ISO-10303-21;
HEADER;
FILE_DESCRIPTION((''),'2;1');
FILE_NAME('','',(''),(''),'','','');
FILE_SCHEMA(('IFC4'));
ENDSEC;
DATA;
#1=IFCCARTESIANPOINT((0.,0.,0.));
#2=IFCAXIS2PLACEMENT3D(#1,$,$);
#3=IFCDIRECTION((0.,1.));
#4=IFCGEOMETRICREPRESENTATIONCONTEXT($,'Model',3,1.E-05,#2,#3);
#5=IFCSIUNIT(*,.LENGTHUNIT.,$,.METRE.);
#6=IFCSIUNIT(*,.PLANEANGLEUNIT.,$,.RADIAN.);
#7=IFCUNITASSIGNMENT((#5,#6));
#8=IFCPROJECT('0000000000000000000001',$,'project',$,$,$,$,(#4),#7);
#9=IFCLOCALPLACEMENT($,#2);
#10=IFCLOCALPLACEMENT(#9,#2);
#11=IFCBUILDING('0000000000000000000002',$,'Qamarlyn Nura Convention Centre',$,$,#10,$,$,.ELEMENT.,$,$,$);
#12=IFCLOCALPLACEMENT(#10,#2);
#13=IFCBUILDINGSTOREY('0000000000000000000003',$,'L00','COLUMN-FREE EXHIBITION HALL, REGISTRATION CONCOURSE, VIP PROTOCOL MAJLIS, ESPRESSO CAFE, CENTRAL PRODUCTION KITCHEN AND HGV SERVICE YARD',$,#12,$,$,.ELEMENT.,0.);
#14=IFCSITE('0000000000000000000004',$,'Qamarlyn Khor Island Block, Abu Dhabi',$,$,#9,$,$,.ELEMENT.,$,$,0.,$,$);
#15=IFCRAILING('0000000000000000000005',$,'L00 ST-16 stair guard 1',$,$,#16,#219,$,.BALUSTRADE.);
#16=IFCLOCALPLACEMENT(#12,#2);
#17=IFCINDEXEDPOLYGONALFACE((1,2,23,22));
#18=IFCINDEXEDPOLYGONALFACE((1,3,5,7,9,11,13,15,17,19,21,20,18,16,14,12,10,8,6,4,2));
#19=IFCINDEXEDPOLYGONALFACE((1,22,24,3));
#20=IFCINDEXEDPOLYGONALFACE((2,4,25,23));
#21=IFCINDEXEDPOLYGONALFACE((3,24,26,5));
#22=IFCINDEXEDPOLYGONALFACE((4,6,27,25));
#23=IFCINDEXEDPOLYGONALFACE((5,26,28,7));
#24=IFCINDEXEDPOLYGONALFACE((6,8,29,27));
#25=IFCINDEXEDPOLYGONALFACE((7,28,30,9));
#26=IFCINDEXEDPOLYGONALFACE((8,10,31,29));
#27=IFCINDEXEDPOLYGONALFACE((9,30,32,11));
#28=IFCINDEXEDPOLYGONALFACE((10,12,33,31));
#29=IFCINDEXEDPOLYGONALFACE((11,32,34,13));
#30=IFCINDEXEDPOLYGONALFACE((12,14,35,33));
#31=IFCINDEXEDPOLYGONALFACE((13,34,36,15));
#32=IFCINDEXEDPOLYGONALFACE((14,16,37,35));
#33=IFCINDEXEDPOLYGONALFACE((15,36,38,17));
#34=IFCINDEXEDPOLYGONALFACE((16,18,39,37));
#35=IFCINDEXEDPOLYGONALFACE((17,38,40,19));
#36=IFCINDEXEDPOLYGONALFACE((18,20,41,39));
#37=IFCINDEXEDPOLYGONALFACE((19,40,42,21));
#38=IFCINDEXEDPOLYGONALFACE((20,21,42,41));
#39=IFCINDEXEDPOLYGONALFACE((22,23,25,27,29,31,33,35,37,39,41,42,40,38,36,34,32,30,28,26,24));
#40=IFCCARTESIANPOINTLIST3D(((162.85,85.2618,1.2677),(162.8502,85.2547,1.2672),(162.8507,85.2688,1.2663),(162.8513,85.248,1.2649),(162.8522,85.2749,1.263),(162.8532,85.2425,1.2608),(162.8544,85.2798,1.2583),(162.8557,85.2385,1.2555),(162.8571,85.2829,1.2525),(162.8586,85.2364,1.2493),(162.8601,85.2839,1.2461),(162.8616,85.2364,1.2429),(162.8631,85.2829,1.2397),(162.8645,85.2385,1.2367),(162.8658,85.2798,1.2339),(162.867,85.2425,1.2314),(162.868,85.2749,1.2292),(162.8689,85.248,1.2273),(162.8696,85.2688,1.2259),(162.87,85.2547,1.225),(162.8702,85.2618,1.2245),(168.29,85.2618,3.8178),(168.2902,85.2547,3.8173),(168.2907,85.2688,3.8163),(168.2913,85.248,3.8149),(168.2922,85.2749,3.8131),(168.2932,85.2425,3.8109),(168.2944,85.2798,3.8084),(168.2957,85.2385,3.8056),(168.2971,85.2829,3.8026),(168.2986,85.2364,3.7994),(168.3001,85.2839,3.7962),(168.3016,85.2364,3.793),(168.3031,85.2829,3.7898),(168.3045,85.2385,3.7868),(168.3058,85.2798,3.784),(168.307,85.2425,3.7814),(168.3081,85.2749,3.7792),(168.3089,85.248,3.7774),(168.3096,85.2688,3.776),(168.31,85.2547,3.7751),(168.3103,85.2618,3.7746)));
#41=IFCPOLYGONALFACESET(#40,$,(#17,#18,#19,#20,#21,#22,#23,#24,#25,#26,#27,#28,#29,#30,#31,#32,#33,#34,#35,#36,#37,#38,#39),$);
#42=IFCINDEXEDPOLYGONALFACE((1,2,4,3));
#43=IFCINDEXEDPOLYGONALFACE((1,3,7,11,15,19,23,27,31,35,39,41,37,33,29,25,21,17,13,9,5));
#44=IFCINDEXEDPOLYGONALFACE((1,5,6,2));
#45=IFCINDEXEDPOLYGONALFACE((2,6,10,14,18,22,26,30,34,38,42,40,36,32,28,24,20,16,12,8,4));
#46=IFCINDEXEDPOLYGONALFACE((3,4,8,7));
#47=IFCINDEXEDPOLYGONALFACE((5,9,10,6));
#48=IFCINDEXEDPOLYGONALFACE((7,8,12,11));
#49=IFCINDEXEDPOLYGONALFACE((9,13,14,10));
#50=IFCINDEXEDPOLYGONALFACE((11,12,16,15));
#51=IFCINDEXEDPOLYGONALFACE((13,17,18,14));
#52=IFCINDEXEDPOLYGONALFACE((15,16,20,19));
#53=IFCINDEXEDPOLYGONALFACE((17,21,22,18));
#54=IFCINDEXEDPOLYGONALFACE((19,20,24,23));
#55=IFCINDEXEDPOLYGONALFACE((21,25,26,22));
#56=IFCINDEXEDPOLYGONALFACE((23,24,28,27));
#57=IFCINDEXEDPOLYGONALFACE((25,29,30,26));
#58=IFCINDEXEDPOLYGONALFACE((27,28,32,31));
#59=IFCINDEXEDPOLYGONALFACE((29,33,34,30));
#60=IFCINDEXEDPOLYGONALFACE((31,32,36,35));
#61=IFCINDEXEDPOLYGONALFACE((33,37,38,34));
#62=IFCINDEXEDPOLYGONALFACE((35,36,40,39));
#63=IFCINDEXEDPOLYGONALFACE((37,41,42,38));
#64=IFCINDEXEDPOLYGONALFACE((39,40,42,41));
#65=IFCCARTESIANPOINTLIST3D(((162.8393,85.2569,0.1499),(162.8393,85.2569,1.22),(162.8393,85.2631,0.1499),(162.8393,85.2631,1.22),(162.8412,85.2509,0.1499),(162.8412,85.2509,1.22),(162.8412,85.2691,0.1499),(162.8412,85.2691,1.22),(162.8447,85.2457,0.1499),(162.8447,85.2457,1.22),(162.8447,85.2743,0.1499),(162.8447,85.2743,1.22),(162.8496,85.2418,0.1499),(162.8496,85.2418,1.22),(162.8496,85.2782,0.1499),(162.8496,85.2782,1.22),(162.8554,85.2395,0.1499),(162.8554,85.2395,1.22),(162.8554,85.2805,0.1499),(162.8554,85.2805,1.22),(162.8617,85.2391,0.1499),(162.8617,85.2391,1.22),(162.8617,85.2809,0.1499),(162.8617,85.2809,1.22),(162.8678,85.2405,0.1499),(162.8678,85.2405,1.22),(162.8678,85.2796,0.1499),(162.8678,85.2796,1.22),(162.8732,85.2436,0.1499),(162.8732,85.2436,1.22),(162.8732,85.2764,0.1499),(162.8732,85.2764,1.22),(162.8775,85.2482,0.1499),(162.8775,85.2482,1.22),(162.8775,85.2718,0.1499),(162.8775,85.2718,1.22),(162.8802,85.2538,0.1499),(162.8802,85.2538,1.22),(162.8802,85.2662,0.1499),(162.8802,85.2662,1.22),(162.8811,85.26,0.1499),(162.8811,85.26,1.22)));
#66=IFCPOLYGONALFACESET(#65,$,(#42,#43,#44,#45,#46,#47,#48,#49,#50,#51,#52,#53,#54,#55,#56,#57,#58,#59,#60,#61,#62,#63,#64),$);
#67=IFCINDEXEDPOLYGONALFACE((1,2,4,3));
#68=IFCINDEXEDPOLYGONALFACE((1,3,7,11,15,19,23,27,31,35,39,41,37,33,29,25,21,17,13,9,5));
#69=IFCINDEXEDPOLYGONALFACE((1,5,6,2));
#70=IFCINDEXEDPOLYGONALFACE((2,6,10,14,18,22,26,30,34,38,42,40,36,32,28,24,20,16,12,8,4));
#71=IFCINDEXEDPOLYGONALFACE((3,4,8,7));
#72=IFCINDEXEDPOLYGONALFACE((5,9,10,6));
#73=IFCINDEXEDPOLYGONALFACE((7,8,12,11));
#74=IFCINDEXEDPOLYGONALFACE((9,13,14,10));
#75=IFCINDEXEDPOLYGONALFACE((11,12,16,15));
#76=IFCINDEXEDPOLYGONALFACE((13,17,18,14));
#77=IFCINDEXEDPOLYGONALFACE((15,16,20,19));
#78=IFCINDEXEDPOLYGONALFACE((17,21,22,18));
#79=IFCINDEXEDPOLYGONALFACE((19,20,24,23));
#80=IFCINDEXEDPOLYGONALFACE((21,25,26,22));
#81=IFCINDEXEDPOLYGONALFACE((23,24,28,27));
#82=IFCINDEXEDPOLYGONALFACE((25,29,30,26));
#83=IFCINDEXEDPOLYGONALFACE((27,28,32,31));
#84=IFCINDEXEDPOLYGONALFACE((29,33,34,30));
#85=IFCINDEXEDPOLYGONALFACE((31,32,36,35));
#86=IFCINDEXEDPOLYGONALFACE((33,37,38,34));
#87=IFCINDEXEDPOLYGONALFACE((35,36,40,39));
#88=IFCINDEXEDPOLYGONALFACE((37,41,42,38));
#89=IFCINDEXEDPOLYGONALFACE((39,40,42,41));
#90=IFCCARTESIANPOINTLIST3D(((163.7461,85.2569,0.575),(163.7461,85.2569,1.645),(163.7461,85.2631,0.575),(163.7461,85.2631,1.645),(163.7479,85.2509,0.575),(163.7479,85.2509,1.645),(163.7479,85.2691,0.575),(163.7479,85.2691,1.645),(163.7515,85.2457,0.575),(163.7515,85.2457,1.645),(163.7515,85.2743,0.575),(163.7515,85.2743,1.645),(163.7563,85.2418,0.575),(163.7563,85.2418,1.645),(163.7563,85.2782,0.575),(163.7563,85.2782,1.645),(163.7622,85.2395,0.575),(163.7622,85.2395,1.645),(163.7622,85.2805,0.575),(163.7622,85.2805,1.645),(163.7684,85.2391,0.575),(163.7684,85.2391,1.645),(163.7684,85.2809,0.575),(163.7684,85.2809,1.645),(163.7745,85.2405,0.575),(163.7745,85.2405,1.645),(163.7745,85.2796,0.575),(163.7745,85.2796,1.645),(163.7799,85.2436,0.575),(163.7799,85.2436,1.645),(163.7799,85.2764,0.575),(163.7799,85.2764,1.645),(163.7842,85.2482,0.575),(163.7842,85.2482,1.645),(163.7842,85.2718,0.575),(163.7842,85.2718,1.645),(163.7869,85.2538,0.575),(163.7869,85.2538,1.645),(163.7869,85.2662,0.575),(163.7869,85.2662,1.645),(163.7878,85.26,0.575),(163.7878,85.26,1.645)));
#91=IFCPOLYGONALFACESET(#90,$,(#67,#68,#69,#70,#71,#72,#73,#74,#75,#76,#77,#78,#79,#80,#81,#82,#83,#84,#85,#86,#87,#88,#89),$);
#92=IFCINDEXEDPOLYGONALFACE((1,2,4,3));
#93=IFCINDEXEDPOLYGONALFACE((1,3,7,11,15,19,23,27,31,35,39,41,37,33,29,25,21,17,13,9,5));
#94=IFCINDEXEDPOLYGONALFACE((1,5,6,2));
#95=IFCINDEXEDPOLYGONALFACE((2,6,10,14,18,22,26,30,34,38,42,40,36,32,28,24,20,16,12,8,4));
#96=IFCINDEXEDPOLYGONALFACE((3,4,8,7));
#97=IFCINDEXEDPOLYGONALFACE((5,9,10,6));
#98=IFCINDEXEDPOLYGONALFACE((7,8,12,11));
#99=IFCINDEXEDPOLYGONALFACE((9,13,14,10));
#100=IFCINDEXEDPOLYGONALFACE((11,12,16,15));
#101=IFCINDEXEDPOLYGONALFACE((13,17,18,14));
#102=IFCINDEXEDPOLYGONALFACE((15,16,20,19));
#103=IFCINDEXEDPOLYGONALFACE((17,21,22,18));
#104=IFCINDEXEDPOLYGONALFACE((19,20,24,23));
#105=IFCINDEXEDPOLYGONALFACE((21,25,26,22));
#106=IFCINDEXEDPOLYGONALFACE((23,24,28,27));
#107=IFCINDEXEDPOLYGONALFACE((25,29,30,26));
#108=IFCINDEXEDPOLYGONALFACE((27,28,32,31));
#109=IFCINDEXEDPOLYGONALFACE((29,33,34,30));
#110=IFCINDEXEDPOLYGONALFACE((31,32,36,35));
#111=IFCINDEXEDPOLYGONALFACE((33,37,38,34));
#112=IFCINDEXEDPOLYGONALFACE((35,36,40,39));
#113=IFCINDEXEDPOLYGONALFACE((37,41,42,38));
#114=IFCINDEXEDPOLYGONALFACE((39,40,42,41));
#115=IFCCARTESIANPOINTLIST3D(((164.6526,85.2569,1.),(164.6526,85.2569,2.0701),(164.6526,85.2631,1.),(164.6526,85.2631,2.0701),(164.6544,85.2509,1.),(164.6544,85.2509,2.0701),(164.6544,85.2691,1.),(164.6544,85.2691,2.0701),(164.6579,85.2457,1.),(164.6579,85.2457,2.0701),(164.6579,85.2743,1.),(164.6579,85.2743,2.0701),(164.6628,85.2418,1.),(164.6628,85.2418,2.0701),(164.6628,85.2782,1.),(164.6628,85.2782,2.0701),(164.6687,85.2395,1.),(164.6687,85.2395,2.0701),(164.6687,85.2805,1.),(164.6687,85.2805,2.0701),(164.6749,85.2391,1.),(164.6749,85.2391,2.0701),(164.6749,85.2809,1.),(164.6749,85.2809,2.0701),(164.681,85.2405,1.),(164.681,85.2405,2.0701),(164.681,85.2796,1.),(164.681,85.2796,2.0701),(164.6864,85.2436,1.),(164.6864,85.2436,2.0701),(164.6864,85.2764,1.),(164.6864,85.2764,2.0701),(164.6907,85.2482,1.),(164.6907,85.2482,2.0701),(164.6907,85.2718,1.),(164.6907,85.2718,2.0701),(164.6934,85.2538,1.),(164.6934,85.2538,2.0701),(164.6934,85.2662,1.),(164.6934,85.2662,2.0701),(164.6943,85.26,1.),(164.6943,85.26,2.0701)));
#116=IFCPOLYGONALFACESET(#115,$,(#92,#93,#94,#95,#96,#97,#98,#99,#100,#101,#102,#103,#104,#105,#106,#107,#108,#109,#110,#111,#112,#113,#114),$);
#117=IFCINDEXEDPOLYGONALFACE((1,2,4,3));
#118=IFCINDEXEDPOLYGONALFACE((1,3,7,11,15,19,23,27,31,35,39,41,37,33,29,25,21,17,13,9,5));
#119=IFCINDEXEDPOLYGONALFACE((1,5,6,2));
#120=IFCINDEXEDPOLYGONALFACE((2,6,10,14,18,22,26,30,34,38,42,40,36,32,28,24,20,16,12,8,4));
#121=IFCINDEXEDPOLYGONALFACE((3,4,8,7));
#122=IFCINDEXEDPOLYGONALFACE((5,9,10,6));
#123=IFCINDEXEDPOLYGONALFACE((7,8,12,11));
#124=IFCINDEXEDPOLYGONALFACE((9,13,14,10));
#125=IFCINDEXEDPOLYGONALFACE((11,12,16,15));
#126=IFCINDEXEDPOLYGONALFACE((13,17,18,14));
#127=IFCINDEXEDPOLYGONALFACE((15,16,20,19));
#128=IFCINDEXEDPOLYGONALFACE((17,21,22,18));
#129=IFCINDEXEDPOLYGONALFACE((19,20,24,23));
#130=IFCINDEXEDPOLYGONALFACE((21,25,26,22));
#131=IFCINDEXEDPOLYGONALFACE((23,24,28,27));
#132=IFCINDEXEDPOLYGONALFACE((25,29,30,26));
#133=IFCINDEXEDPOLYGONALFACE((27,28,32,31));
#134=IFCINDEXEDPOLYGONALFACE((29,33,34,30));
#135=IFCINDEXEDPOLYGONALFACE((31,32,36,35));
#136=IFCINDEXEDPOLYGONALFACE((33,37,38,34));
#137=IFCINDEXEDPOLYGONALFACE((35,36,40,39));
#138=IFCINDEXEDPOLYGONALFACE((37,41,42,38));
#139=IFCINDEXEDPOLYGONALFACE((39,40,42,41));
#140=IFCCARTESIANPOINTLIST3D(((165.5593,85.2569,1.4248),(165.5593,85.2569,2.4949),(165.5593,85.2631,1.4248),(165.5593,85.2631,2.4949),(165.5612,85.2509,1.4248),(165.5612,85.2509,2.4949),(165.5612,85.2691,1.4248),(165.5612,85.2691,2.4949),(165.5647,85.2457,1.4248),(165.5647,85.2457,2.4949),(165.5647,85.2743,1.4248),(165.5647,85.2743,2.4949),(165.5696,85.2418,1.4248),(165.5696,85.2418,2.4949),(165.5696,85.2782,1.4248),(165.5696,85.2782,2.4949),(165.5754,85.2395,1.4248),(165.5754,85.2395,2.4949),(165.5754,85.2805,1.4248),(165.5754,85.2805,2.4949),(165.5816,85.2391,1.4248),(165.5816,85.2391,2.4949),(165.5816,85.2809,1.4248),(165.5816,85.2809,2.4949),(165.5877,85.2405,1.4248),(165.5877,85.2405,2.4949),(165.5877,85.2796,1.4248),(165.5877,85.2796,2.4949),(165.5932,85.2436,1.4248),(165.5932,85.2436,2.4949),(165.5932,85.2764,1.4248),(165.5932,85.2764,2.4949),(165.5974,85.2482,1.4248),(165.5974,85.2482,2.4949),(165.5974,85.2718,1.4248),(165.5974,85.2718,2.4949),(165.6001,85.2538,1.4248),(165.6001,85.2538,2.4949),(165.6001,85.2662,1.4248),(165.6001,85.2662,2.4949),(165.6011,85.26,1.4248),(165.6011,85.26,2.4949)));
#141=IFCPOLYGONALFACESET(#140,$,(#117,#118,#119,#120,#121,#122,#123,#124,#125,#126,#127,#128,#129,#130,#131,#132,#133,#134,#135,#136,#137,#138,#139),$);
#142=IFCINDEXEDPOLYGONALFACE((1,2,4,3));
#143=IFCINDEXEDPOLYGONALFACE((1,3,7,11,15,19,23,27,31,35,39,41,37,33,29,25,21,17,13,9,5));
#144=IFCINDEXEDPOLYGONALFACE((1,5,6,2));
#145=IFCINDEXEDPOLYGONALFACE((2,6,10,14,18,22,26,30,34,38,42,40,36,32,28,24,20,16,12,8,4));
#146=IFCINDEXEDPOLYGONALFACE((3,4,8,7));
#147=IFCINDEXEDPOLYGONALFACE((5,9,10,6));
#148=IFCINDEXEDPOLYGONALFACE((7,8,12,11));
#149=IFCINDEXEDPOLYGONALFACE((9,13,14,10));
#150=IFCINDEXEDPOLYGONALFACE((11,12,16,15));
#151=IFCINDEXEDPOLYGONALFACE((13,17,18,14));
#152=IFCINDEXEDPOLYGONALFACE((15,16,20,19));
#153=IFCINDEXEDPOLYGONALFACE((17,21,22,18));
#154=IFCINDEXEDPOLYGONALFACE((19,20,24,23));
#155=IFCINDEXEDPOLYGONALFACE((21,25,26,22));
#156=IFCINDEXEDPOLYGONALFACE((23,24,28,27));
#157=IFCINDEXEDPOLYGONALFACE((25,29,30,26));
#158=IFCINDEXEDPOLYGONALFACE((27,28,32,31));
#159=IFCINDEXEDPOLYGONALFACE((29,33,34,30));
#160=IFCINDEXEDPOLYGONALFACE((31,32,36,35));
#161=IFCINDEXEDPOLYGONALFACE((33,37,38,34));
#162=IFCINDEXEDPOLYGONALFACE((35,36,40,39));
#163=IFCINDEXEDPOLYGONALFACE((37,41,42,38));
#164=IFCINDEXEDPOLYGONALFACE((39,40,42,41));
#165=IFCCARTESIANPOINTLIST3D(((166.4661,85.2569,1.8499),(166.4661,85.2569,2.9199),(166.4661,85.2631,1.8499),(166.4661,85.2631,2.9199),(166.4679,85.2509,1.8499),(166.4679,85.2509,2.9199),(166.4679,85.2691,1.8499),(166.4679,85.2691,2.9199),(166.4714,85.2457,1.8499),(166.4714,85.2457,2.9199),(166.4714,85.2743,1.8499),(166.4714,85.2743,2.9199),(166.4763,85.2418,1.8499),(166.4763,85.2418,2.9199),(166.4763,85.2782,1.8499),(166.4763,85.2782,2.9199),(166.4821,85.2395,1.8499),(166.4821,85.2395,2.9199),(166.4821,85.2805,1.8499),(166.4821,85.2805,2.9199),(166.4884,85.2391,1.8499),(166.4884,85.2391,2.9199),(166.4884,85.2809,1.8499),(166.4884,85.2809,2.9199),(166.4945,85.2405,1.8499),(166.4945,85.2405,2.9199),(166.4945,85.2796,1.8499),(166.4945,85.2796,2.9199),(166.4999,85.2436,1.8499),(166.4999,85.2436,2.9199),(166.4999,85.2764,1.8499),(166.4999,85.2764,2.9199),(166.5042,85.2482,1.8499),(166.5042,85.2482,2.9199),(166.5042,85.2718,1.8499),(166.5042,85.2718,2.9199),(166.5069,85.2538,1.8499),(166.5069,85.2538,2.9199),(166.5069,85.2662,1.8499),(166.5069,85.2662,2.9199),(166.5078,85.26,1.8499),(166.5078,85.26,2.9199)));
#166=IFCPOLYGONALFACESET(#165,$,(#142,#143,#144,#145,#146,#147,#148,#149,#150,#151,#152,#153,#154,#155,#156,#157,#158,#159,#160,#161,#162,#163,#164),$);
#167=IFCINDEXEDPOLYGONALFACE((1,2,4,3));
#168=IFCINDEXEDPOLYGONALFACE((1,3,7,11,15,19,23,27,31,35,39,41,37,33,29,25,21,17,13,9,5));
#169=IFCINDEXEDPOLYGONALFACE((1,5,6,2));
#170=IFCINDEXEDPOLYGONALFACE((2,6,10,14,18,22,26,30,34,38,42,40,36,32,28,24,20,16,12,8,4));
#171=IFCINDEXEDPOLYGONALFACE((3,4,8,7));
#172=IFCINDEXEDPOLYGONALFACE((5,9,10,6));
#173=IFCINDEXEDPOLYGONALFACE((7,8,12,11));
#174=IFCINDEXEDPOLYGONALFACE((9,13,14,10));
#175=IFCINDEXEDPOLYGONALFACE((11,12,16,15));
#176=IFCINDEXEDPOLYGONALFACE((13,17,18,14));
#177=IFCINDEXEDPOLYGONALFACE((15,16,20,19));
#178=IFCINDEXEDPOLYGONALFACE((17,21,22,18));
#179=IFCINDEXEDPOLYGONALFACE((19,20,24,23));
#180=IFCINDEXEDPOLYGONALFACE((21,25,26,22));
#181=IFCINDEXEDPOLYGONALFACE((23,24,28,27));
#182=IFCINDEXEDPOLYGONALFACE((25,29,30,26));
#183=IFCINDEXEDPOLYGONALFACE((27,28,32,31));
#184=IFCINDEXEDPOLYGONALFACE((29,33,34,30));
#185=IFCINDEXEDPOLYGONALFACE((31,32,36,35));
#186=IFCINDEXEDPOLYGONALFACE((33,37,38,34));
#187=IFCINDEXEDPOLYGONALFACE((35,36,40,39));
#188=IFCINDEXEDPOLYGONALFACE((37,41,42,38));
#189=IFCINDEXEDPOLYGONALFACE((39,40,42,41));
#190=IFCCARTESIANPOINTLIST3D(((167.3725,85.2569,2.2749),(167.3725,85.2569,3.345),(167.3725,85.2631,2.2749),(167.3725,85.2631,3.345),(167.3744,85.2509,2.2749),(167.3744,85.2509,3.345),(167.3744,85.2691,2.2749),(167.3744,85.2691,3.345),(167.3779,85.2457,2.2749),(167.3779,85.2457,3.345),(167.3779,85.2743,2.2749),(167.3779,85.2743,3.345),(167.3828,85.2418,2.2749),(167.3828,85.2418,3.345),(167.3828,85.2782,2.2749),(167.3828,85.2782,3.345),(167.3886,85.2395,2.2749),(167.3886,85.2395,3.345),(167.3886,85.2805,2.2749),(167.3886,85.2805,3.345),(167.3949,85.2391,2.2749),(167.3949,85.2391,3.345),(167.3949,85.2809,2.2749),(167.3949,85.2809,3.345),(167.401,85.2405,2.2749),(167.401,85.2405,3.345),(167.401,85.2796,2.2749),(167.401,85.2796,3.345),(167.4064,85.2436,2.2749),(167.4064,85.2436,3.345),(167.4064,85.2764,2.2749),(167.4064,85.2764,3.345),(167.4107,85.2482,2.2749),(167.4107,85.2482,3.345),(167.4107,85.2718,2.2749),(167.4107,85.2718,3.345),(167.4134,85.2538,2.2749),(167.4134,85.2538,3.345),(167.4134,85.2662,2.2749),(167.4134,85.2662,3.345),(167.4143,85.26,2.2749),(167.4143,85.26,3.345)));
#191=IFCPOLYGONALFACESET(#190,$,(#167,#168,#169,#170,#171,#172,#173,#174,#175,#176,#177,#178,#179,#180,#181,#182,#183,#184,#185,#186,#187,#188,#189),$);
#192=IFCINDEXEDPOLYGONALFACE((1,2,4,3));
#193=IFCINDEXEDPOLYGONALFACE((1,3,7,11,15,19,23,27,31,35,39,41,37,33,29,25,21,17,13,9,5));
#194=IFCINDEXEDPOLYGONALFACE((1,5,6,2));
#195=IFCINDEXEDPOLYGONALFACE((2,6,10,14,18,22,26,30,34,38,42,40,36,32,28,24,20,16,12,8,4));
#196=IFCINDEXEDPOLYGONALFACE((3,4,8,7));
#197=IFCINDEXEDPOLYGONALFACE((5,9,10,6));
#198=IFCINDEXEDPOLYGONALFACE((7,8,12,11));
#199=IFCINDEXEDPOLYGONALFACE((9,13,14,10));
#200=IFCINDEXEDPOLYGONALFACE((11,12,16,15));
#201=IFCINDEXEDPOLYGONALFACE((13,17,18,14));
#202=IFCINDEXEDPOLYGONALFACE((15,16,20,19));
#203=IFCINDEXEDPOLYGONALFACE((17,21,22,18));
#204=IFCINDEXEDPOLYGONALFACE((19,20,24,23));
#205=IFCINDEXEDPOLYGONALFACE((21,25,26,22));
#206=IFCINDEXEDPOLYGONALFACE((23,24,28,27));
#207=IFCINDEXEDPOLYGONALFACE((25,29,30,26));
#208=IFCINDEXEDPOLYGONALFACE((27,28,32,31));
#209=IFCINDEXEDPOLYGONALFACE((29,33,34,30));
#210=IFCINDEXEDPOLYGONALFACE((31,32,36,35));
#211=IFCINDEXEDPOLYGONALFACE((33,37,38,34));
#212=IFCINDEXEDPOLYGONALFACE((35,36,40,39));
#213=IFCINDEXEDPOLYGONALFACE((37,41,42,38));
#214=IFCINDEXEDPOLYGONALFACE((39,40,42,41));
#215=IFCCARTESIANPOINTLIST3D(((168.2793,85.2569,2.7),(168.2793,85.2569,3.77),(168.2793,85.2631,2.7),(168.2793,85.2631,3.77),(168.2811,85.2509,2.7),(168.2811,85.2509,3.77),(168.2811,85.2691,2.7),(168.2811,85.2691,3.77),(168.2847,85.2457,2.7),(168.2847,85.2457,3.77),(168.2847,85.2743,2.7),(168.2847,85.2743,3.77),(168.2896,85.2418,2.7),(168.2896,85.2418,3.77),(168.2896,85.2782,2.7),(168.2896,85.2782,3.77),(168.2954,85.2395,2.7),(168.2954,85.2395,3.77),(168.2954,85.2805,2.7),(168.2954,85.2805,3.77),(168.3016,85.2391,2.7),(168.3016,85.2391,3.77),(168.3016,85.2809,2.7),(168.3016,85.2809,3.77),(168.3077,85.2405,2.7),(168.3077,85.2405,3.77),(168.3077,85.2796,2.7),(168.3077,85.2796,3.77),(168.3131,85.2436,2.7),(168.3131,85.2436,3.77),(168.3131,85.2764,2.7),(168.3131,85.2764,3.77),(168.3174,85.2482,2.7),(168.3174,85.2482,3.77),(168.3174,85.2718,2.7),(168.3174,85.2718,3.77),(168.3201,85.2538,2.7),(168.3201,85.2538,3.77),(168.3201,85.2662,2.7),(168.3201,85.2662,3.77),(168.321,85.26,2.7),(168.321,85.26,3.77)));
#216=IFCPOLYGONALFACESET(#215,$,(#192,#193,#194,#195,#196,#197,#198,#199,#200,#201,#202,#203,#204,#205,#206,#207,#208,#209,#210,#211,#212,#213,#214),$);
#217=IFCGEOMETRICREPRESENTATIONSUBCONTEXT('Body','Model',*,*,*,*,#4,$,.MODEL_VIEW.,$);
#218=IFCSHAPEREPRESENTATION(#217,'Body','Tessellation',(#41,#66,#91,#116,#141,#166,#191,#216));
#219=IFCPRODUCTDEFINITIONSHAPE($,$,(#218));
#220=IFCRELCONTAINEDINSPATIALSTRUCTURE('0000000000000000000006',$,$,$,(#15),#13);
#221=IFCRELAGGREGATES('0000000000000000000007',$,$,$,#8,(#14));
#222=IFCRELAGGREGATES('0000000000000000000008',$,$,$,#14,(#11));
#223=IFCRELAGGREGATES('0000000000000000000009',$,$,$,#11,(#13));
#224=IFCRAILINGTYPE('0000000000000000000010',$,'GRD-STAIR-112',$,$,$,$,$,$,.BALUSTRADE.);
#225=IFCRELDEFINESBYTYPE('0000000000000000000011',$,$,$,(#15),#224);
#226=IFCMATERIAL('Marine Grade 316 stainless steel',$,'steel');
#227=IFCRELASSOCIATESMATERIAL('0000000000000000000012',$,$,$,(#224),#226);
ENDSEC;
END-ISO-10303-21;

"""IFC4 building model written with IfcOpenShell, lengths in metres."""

from ifc_helpers import new_model, si_unit, direction, frame, origin, origin_2d, place, context, subcontext, project, spatial, circle, extrude, material, type_object, element, save


model = new_model("IFC4")

# Units and contexts
model_context = context("Model", 3, precision=1e-05, world=origin(), true_north=direction((0.0, 1.0)))
body_context = subcontext(model_context, "Body", "Model", "MODEL_VIEW")
ifc_project = project(units=[si_unit("LENGTHUNIT", "METRE"), si_unit("PLANEANGLEUNIT", "RADIAN")], contexts=[model_context])

# Site, building, storey
site_placement = place(None, origin())
site = spatial("IfcSite", under=ifc_project, at=site_placement, Name="Qamarlyn Khor Island Block, Abu Dhabi", CompositionType="ELEMENT", RefElevation=0.0)
building_placement = place(site_placement, origin())
building = spatial("IfcBuilding", under=site, at=building_placement, Name="Qamarlyn Nura Convention Centre", CompositionType="ELEMENT")
storey_placement = place(building_placement, origin())
storey = spatial("IfcBuildingStorey", under=building, at=storey_placement, Name="L00", Description="COLUMN-FREE EXHIBITION HALL, REGISTRATION CONCOURSE, VIP PROTOCOL MAJLIS, ESPRESSO CAFE, CENTRAL PRODUCTION KITCHEN AND HGV SERVICE YARD", CompositionType="ELEMENT", Elevation=0.0)

# Railing
ifc_material_1 = material(Name="Marine Grade 316 stainless steel", Category="steel")
railing_type_1 = type_object("IfcRailingType", Name="GRD-STAIR-112", PredefinedType="BALUSTRADE", material=ifc_material_1)
railing_1_placement = place(storey_placement, frame((162.8601, 85.26, 0.1499)))
element("IfcRailing", 1, at=railing_1_placement, inside=storey, type_object=railing_type_1, Name="L00 ST-16 stair guard 1", PredefinedType="BALUSTRADE", context=body_context, shape_type="SweptSolid", body=[
    extrude(circle(Radius=0.0239, at=origin_2d()), frame((0.0, 0.0, 1.0962), z_axis=(0.905454, 0.0, 0.424444), x_axis=(0.0, 1.0, 0.0)), (0.0, 0.0, 1.0), 6.0081),
    extrude(circle(Radius=0.021, at=origin_2d()), origin(), (0.0, 0.0, 1.0), 1.0701),
    extrude(circle(Radius=0.021, at=origin_2d()), frame((0.9067, 0.0, 0.425)), (0.0, 0.0, 1.0), 1.0701),
    extrude(circle(Radius=0.021, at=origin_2d()), frame((1.8132, 0.0, 0.8501)), (0.0, 0.0, 1.0), 1.0701),
    extrude(circle(Radius=0.021, at=origin_2d()), frame((2.72, 0.0, 1.2749)), (0.0, 0.0, 1.0), 1.0701),
    extrude(circle(Radius=0.021, at=origin_2d()), frame((3.6267, 0.0, 1.7)), (0.0, 0.0, 1.0), 1.0701),
    extrude(circle(Radius=0.021, at=origin_2d()), frame((4.5332, 0.0, 2.125)), (0.0, 0.0, 1.0), 1.0701),
    extrude(circle(Radius=0.021, at=origin_2d()), frame((5.4399, 0.0, 2.55)), (0.0, 0.0, 1.0), 1.0701),
])

save(model, "model.ifc")
